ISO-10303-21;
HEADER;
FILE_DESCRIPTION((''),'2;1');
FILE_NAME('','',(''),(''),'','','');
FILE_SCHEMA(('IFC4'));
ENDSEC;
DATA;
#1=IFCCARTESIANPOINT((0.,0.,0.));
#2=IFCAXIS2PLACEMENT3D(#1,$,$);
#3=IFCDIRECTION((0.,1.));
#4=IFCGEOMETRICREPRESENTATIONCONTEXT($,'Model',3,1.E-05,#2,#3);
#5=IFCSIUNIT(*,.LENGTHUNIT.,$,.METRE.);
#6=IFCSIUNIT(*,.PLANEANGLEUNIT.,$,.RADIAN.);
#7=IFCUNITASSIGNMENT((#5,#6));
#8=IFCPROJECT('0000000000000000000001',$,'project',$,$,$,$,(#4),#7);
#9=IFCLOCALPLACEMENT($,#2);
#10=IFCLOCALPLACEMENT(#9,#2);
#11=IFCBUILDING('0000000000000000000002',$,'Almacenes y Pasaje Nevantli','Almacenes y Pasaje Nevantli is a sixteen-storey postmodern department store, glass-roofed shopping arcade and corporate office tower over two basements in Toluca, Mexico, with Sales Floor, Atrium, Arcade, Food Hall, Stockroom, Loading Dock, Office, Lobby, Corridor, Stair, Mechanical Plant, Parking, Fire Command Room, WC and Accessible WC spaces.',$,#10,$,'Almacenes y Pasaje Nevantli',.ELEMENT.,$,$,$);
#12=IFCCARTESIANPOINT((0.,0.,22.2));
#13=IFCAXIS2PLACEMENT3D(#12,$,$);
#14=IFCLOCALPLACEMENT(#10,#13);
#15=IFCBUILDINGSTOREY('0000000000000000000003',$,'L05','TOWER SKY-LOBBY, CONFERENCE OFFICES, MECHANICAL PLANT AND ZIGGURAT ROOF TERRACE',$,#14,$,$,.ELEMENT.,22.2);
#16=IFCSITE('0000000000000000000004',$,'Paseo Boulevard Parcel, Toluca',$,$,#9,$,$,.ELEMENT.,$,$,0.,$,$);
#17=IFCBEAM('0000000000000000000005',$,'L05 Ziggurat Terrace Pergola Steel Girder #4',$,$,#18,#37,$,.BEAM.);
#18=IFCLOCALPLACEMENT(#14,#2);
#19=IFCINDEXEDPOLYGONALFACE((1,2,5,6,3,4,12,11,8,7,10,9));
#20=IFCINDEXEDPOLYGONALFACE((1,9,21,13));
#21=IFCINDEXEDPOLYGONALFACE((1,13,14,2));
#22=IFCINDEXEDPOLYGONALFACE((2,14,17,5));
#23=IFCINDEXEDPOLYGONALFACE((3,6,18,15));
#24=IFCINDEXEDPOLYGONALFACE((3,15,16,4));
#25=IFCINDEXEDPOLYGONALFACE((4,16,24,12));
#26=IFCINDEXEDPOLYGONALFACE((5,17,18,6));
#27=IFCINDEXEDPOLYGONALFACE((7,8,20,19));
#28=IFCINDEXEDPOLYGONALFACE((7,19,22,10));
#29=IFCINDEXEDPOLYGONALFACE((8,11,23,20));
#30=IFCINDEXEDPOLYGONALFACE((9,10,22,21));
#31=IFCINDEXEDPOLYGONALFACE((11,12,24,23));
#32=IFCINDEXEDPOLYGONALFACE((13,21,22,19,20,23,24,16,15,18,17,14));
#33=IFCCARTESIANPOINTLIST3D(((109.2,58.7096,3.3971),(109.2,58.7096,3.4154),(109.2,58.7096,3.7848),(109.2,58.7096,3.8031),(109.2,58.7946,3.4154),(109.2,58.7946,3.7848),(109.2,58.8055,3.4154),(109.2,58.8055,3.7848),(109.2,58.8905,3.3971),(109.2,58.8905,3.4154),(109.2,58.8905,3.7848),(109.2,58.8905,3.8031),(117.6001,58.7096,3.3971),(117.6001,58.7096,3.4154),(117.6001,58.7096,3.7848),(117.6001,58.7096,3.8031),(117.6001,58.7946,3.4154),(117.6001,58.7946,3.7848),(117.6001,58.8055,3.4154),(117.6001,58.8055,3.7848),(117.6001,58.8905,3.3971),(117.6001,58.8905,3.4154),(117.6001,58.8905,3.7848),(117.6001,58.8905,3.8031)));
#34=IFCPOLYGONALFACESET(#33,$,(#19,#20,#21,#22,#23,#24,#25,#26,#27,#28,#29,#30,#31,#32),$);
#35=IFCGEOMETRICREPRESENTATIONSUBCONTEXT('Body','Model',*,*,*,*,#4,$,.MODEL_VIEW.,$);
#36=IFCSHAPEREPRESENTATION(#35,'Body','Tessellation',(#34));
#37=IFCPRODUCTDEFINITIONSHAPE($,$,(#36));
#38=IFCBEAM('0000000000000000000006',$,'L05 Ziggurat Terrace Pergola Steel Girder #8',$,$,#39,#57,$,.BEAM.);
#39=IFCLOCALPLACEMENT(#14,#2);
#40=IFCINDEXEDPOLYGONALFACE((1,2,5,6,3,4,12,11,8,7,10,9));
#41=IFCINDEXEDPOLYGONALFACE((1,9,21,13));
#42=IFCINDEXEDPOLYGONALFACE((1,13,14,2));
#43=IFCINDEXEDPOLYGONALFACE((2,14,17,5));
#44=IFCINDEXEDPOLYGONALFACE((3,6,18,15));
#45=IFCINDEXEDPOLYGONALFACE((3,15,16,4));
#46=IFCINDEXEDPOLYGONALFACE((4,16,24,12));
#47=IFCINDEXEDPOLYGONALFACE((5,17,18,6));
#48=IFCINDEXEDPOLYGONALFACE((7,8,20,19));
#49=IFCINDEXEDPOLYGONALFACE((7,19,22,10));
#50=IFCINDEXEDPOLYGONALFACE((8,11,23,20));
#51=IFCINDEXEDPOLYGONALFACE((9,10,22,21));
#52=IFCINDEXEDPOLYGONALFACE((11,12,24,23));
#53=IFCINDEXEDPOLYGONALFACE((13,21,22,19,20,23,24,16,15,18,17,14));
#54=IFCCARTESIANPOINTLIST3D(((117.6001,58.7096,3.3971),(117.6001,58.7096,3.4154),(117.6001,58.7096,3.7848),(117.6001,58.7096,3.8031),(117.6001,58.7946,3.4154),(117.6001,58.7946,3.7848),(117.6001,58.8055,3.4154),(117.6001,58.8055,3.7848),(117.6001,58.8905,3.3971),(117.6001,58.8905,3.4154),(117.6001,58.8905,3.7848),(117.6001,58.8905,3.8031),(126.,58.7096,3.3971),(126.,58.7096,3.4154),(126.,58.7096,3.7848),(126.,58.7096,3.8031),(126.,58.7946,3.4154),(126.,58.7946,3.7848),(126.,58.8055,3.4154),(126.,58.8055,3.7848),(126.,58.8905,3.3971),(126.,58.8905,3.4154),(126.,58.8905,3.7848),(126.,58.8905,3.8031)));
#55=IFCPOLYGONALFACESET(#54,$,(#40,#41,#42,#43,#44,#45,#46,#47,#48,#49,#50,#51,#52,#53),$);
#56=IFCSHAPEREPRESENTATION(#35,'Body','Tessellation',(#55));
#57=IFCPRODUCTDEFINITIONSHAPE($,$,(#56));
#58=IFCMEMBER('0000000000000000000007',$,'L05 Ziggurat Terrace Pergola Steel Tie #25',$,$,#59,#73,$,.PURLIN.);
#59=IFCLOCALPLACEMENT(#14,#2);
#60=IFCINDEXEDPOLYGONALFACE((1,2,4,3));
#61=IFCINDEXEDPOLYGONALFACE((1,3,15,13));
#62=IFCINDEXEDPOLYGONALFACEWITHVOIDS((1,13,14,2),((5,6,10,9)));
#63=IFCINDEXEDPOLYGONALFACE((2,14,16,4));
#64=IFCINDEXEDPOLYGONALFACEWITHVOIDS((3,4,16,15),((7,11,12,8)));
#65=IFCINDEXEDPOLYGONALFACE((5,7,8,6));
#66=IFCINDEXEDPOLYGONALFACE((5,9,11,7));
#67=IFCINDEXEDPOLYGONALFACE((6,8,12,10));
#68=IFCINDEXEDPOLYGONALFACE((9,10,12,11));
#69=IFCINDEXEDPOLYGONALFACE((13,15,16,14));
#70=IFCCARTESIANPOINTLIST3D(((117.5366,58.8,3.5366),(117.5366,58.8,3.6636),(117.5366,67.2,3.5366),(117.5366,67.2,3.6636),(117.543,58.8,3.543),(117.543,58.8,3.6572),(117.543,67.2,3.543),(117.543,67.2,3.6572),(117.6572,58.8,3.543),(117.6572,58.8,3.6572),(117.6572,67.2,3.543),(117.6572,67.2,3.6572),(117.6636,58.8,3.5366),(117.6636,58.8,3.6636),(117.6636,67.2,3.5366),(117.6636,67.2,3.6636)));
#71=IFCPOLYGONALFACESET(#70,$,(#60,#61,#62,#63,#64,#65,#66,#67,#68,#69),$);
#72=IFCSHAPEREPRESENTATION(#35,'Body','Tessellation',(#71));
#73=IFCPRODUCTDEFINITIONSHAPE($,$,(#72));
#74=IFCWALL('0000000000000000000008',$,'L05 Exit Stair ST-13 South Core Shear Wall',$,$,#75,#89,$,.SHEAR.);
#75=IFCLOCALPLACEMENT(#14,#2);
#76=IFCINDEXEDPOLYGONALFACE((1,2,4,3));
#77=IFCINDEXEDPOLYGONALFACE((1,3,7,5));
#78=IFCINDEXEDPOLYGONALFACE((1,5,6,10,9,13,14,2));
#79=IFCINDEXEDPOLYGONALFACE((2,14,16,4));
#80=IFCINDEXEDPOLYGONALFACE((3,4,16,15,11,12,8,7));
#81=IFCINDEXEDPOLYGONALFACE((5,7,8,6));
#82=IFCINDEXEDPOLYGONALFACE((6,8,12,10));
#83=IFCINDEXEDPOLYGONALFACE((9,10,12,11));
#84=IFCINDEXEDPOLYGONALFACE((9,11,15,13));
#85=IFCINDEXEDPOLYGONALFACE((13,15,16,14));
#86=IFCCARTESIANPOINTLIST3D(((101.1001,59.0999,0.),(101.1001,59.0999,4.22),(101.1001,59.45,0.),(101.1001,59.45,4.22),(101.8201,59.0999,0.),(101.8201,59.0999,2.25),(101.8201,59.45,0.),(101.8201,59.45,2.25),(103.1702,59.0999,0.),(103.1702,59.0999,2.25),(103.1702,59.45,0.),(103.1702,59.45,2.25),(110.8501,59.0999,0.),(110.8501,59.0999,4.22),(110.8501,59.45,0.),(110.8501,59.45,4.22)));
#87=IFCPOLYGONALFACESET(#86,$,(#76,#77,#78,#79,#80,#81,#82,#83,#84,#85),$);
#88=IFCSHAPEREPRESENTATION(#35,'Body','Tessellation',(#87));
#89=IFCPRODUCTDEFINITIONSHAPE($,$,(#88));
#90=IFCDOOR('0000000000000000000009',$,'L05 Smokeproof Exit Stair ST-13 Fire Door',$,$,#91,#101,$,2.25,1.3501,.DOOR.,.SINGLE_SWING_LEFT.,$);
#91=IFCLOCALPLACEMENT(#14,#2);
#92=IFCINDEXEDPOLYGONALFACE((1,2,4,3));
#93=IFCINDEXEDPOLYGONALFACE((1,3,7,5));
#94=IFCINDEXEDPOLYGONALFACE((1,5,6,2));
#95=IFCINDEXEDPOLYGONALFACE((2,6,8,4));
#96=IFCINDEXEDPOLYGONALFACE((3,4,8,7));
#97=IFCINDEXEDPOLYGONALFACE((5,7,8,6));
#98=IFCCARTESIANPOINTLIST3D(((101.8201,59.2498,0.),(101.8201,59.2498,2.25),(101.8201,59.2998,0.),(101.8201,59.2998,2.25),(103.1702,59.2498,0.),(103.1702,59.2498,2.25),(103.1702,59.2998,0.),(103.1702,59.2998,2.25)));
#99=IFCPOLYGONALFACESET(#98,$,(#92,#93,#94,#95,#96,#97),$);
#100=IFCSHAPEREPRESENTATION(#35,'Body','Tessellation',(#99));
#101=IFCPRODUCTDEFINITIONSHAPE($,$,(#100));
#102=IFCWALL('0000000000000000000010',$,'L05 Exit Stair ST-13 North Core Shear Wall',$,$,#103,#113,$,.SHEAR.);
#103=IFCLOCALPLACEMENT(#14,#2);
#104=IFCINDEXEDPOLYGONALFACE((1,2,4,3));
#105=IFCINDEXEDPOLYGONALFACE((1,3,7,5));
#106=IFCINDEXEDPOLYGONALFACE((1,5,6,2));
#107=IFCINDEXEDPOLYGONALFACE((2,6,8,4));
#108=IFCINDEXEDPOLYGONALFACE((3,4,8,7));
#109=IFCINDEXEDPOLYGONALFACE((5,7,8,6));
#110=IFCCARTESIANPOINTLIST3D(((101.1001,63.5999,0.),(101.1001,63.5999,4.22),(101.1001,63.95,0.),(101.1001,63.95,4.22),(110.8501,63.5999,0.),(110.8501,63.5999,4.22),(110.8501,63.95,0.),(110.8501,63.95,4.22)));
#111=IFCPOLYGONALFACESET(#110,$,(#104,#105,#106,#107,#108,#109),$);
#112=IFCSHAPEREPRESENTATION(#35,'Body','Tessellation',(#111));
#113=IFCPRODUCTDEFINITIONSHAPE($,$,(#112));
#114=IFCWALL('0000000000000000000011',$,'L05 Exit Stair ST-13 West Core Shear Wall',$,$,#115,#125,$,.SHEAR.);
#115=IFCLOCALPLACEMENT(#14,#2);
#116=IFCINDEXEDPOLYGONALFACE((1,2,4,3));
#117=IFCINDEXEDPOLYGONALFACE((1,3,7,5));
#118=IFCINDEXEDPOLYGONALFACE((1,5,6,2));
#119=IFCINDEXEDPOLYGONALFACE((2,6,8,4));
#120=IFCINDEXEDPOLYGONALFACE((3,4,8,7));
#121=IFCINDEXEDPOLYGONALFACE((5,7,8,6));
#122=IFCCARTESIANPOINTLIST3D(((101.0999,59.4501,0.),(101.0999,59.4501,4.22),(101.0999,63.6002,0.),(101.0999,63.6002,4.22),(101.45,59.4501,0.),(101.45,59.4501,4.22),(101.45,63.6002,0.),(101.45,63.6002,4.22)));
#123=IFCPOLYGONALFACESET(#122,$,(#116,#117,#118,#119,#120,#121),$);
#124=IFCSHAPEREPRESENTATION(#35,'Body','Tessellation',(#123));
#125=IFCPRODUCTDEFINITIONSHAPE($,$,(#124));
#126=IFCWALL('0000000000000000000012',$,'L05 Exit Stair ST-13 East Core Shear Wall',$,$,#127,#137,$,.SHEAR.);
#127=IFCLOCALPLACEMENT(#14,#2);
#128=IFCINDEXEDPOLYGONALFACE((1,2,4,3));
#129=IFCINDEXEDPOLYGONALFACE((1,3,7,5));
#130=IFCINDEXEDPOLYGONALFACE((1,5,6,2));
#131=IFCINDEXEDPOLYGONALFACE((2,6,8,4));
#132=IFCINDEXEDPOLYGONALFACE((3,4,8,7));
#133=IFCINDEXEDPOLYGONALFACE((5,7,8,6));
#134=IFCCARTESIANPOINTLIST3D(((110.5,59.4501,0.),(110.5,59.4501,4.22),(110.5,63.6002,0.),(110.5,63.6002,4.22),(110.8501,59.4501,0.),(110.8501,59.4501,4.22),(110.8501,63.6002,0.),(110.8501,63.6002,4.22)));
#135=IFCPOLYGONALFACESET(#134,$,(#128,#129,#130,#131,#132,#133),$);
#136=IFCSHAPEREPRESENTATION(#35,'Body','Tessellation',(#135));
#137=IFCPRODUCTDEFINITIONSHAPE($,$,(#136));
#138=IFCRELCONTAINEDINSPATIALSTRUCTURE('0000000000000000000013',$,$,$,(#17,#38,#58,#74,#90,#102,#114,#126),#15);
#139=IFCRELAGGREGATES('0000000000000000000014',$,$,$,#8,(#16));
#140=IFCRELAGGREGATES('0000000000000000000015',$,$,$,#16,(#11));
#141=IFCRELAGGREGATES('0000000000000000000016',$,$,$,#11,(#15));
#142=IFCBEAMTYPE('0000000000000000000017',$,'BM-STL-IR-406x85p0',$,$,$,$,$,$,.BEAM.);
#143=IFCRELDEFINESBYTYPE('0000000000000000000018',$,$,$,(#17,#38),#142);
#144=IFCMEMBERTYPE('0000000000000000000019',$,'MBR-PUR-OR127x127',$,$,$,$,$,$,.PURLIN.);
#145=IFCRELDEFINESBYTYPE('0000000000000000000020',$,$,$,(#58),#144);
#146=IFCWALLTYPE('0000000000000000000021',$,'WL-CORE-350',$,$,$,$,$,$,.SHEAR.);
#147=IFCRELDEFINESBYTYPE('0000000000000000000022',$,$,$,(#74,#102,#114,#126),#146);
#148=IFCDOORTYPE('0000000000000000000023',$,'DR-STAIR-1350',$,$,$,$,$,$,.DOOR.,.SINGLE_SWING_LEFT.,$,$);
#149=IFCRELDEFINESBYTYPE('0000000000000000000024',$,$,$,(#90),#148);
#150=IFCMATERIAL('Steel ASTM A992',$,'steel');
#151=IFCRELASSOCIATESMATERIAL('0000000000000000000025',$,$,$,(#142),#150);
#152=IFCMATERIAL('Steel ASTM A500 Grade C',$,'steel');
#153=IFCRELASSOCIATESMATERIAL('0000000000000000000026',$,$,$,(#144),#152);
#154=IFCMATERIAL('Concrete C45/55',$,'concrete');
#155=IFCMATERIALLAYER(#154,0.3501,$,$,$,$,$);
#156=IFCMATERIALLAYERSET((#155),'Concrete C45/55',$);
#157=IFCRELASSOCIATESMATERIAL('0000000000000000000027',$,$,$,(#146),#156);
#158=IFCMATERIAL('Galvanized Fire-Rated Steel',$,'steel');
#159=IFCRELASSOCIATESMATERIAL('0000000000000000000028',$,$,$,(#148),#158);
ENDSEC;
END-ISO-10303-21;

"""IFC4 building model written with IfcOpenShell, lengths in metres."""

from ifc_helpers import new_model, si_unit, direction, frame, frame_2d, origin, origin_2d, place, context, subcontext, project, spatial, rectangle, hollow_rectangle, i_section, extrude, material, layer, layer_set, material_profile, profile_set, type_object, element, fill, save


model = new_model("IFC4")

# Units and contexts
model_context = context("Model", 3, precision=1e-05, world=origin(), true_north=direction((0.0, 1.0)))
body_context = subcontext(model_context, "Body", "Model", "MODEL_VIEW")
ifc_project = project(units=[si_unit("LENGTHUNIT", "METRE"), si_unit("PLANEANGLEUNIT", "RADIAN")], contexts=[model_context])

# Site, building, storey
site_placement = place(None, origin())
site = spatial("IfcSite", under=ifc_project, at=site_placement, Name="Paseo Boulevard Parcel, Toluca", CompositionType="ELEMENT", RefElevation=0.0)
building_placement = place(site_placement, origin())
building = spatial("IfcBuilding", under=site, at=building_placement, Name="Almacenes y Pasaje Nevantli", Description="Almacenes y Pasaje Nevantli is a sixteen-storey postmodern department store, glass-roofed shopping arcade and corporate office tower over two basements in Toluca, Mexico, with Sales Floor, Atrium, Arcade, Food Hall, Stockroom, Loading Dock, Office, Lobby, Corridor, Stair, Mechanical Plant, Parking, Fire Command Room, WC and Accessible WC spaces.", LongName="Almacenes y Pasaje Nevantli", CompositionType="ELEMENT")
storey_placement = place(building_placement, frame((0.0, 0.0, 22.2)))
storey = spatial("IfcBuildingStorey", under=building, at=storey_placement, Name="L05", Description="TOWER SKY-LOBBY, CONFERENCE OFFICES, MECHANICAL PLANT AND ZIGGURAT ROOF TERRACE", CompositionType="ELEMENT", Elevation=22.2)

# Beams
ifc_material_1 = material(Name="Steel ASTM A992", Category="steel")
ifc_material_profile_1 = material_profile(ifc_material_1, i_section(OverallWidth=0.1809, OverallDepth=0.406, WebThickness=0.011, FlangeThickness=0.0183, at=origin_2d()), Name="IR 406x85.0")
ifc_profile_set_1 = profile_set([ifc_material_profile_1], Name="Steel ASTM A992")
beam_type_1 = type_object("IfcBeamType", Name="BM-STL-IR-406x85p0", PredefinedType="BEAM", material=ifc_profile_set_1)
beam_1_placement = place(storey_placement, frame((109.2, 58.8, 3.6001), z_axis=(1.0, 0.0, 0.0), x_axis=(0.0, 1.0, 0.0)))
element("IfcBeam", 1, at=beam_1_placement, inside=storey, type_object=beam_type_1, Name="L05 Ziggurat Terrace Pergola Steel Girder #4", PredefinedType="BEAM", context=body_context, shape_type="SweptSolid", body=[
    extrude(i_section(OverallWidth=0.1809, OverallDepth=0.406, WebThickness=0.011, FlangeThickness=0.0183, at=origin_2d()), origin(), (0.0, 0.0, 1.0), 8.4001),
])
beam_2_placement = place(storey_placement, frame((117.6001, 58.8, 3.6001), z_axis=(1.0, 0.0, 0.0), x_axis=(0.0, 1.0, 0.0)))
element("IfcBeam", 2, at=beam_2_placement, inside=storey, type_object=beam_type_1, Name="L05 Ziggurat Terrace Pergola Steel Girder #8", PredefinedType="BEAM", context=body_context, shape_type="SweptSolid", body=[
    extrude(i_section(OverallWidth=0.1809, OverallDepth=0.406, WebThickness=0.011, FlangeThickness=0.0183, at=origin_2d()), origin(), (0.0, 0.0, 1.0), 8.3999),
])

# Member
ifc_material_2 = material(Name="Steel ASTM A500 Grade C", Category="steel")
ifc_material_profile_2 = material_profile(ifc_material_2, hollow_rectangle(XDim=0.127, YDim=0.127, WallThickness=0.0063, at=origin_2d()), Name="OR 127x127x6.4")
ifc_profile_set_2 = profile_set([ifc_material_profile_2], Name="Steel ASTM A500 Grade C")
member_type = type_object("IfcMemberType", Name="MBR-PUR-OR127x127", PredefinedType="PURLIN", material=ifc_profile_set_2)
member_placement = place(storey_placement, frame((117.6001, 58.8, 3.6001), z_axis=(0.0, 1.0, 0.0), x_axis=(-1.0, 0.0, 0.0)))
element("IfcMember", 3, at=member_placement, inside=storey, type_object=member_type, Name="L05 Ziggurat Terrace Pergola Steel Tie #25", PredefinedType="PURLIN", context=body_context, shape_type="SweptSolid", body=[
    extrude(hollow_rectangle(XDim=0.127, YDim=0.127, WallThickness=0.0063, at=origin_2d()), origin(), (0.0, 0.0, 1.0), 8.3999),
])

# Wall, opening, door
ifc_material_3 = material(Name="Concrete C45/55", Category="concrete")
ifc_layer = layer(ifc_material_3, 0.3501)
ifc_layer_set = layer_set([ifc_layer], Name="Concrete C45/55")
wall_type = type_object("IfcWallType", Name="WL-CORE-350", PredefinedType="SHEAR", material=ifc_layer_set)
wall_1_placement = place(storey_placement, frame((101.1001, 59.2749, 0.0), z_axis=(0.0, 0.0, 1.0), x_axis=(1.0, 0.0, 0.0)))
wall_1 = element("IfcWall", 4, at=wall_1_placement, inside=storey, type_object=wall_type, Name="L05 Exit Stair ST-13 South Core Shear Wall", PredefinedType="SHEAR", context=body_context, shape_type="SweptSolid", body=[
    extrude(rectangle(XDim=9.75, YDim=0.3501, at=frame_2d((4.875, 0.0))), origin(), (0.0, 0.0, 1.0), 4.22),
])
opening_placement = place(wall_1_placement, frame((0.72, 0.0, 0.0)))
opening = element("IfcOpeningElement", 5, at=opening_placement, cuts=wall_1, PredefinedType="OPENING", context=body_context, shape_type="SweptSolid", body=[
    extrude(rectangle(XDim=1.3501, YDim=2.25, at=frame_2d((0.675, 1.125))), frame((0.0, 0.1851, 0.0), z_axis=(0.0, -1.0, 0.0), x_axis=(1.0, 0.0, 0.0)), (0.0, 0.0, 1.0), 0.3701),
])
ifc_material_4 = material(Name="Galvanized Fire-Rated Steel", Category="steel")
door_type = type_object("IfcDoorType", Name="DR-STAIR-1350", OperationType="SINGLE_SWING_LEFT", PredefinedType="DOOR", material=ifc_material_4)
door_placement = place(opening_placement, origin())
door = element("IfcDoor", 6, at=door_placement, inside=storey, type_object=door_type, Name="L05 Smokeproof Exit Stair ST-13 Fire Door", OperationType="SINGLE_SWING_LEFT", OverallHeight=2.25, OverallWidth=1.3501, PredefinedType="DOOR", context=body_context, shape_type="SweptSolid", body=[
    extrude(rectangle(XDim=1.3501, YDim=2.25, at=frame_2d((0.675, 1.125))), frame((0.0, 0.0249, 0.0), z_axis=(0.0, -1.0, 0.0), x_axis=(1.0, 0.0, 0.0)), (0.0, 0.0, 1.0), 0.05),
])
fill(opening, door)

# Walls
wall_2_placement = place(storey_placement, frame((101.1001, 63.7749, 0.0), z_axis=(0.0, 0.0, 1.0), x_axis=(1.0, 0.0, 0.0)))
element("IfcWall", 7, at=wall_2_placement, inside=storey, type_object=wall_type, Name="L05 Exit Stair ST-13 North Core Shear Wall", PredefinedType="SHEAR", context=body_context, shape_type="SweptSolid", body=[
    extrude(rectangle(XDim=9.75, YDim=0.3501, at=frame_2d((4.875, 0.0))), origin(), (0.0, 0.0, 1.0), 4.22),
])
for number, where, z_axis, x_axis, name in (
    (8, (101.2749, 59.45, 0.0), (0.0, 0.0, 1.0), (0.0, 1.0, 0.0), "L05 Exit Stair ST-13 West Core Shear Wall"),
    (9, (110.675, 59.45, 0.0), (0.0, 0.0, 1.0), (0.0, 1.0, 0.0), "L05 Exit Stair ST-13 East Core Shear Wall"),
):
    element("IfcWall", number, at=place(storey_placement, frame(where, z_axis=z_axis, x_axis=x_axis)), inside=storey, type_object=wall_type, Name=name, PredefinedType="SHEAR", context=body_context, shape_type="SweptSolid", body=[
        extrude(rectangle(XDim=4.1501, YDim=0.3501, at=frame_2d((2.0752, 0.0))), origin(), (0.0, 0.0, 1.0), 4.22),
    ])

save(model, "model.ifc")
